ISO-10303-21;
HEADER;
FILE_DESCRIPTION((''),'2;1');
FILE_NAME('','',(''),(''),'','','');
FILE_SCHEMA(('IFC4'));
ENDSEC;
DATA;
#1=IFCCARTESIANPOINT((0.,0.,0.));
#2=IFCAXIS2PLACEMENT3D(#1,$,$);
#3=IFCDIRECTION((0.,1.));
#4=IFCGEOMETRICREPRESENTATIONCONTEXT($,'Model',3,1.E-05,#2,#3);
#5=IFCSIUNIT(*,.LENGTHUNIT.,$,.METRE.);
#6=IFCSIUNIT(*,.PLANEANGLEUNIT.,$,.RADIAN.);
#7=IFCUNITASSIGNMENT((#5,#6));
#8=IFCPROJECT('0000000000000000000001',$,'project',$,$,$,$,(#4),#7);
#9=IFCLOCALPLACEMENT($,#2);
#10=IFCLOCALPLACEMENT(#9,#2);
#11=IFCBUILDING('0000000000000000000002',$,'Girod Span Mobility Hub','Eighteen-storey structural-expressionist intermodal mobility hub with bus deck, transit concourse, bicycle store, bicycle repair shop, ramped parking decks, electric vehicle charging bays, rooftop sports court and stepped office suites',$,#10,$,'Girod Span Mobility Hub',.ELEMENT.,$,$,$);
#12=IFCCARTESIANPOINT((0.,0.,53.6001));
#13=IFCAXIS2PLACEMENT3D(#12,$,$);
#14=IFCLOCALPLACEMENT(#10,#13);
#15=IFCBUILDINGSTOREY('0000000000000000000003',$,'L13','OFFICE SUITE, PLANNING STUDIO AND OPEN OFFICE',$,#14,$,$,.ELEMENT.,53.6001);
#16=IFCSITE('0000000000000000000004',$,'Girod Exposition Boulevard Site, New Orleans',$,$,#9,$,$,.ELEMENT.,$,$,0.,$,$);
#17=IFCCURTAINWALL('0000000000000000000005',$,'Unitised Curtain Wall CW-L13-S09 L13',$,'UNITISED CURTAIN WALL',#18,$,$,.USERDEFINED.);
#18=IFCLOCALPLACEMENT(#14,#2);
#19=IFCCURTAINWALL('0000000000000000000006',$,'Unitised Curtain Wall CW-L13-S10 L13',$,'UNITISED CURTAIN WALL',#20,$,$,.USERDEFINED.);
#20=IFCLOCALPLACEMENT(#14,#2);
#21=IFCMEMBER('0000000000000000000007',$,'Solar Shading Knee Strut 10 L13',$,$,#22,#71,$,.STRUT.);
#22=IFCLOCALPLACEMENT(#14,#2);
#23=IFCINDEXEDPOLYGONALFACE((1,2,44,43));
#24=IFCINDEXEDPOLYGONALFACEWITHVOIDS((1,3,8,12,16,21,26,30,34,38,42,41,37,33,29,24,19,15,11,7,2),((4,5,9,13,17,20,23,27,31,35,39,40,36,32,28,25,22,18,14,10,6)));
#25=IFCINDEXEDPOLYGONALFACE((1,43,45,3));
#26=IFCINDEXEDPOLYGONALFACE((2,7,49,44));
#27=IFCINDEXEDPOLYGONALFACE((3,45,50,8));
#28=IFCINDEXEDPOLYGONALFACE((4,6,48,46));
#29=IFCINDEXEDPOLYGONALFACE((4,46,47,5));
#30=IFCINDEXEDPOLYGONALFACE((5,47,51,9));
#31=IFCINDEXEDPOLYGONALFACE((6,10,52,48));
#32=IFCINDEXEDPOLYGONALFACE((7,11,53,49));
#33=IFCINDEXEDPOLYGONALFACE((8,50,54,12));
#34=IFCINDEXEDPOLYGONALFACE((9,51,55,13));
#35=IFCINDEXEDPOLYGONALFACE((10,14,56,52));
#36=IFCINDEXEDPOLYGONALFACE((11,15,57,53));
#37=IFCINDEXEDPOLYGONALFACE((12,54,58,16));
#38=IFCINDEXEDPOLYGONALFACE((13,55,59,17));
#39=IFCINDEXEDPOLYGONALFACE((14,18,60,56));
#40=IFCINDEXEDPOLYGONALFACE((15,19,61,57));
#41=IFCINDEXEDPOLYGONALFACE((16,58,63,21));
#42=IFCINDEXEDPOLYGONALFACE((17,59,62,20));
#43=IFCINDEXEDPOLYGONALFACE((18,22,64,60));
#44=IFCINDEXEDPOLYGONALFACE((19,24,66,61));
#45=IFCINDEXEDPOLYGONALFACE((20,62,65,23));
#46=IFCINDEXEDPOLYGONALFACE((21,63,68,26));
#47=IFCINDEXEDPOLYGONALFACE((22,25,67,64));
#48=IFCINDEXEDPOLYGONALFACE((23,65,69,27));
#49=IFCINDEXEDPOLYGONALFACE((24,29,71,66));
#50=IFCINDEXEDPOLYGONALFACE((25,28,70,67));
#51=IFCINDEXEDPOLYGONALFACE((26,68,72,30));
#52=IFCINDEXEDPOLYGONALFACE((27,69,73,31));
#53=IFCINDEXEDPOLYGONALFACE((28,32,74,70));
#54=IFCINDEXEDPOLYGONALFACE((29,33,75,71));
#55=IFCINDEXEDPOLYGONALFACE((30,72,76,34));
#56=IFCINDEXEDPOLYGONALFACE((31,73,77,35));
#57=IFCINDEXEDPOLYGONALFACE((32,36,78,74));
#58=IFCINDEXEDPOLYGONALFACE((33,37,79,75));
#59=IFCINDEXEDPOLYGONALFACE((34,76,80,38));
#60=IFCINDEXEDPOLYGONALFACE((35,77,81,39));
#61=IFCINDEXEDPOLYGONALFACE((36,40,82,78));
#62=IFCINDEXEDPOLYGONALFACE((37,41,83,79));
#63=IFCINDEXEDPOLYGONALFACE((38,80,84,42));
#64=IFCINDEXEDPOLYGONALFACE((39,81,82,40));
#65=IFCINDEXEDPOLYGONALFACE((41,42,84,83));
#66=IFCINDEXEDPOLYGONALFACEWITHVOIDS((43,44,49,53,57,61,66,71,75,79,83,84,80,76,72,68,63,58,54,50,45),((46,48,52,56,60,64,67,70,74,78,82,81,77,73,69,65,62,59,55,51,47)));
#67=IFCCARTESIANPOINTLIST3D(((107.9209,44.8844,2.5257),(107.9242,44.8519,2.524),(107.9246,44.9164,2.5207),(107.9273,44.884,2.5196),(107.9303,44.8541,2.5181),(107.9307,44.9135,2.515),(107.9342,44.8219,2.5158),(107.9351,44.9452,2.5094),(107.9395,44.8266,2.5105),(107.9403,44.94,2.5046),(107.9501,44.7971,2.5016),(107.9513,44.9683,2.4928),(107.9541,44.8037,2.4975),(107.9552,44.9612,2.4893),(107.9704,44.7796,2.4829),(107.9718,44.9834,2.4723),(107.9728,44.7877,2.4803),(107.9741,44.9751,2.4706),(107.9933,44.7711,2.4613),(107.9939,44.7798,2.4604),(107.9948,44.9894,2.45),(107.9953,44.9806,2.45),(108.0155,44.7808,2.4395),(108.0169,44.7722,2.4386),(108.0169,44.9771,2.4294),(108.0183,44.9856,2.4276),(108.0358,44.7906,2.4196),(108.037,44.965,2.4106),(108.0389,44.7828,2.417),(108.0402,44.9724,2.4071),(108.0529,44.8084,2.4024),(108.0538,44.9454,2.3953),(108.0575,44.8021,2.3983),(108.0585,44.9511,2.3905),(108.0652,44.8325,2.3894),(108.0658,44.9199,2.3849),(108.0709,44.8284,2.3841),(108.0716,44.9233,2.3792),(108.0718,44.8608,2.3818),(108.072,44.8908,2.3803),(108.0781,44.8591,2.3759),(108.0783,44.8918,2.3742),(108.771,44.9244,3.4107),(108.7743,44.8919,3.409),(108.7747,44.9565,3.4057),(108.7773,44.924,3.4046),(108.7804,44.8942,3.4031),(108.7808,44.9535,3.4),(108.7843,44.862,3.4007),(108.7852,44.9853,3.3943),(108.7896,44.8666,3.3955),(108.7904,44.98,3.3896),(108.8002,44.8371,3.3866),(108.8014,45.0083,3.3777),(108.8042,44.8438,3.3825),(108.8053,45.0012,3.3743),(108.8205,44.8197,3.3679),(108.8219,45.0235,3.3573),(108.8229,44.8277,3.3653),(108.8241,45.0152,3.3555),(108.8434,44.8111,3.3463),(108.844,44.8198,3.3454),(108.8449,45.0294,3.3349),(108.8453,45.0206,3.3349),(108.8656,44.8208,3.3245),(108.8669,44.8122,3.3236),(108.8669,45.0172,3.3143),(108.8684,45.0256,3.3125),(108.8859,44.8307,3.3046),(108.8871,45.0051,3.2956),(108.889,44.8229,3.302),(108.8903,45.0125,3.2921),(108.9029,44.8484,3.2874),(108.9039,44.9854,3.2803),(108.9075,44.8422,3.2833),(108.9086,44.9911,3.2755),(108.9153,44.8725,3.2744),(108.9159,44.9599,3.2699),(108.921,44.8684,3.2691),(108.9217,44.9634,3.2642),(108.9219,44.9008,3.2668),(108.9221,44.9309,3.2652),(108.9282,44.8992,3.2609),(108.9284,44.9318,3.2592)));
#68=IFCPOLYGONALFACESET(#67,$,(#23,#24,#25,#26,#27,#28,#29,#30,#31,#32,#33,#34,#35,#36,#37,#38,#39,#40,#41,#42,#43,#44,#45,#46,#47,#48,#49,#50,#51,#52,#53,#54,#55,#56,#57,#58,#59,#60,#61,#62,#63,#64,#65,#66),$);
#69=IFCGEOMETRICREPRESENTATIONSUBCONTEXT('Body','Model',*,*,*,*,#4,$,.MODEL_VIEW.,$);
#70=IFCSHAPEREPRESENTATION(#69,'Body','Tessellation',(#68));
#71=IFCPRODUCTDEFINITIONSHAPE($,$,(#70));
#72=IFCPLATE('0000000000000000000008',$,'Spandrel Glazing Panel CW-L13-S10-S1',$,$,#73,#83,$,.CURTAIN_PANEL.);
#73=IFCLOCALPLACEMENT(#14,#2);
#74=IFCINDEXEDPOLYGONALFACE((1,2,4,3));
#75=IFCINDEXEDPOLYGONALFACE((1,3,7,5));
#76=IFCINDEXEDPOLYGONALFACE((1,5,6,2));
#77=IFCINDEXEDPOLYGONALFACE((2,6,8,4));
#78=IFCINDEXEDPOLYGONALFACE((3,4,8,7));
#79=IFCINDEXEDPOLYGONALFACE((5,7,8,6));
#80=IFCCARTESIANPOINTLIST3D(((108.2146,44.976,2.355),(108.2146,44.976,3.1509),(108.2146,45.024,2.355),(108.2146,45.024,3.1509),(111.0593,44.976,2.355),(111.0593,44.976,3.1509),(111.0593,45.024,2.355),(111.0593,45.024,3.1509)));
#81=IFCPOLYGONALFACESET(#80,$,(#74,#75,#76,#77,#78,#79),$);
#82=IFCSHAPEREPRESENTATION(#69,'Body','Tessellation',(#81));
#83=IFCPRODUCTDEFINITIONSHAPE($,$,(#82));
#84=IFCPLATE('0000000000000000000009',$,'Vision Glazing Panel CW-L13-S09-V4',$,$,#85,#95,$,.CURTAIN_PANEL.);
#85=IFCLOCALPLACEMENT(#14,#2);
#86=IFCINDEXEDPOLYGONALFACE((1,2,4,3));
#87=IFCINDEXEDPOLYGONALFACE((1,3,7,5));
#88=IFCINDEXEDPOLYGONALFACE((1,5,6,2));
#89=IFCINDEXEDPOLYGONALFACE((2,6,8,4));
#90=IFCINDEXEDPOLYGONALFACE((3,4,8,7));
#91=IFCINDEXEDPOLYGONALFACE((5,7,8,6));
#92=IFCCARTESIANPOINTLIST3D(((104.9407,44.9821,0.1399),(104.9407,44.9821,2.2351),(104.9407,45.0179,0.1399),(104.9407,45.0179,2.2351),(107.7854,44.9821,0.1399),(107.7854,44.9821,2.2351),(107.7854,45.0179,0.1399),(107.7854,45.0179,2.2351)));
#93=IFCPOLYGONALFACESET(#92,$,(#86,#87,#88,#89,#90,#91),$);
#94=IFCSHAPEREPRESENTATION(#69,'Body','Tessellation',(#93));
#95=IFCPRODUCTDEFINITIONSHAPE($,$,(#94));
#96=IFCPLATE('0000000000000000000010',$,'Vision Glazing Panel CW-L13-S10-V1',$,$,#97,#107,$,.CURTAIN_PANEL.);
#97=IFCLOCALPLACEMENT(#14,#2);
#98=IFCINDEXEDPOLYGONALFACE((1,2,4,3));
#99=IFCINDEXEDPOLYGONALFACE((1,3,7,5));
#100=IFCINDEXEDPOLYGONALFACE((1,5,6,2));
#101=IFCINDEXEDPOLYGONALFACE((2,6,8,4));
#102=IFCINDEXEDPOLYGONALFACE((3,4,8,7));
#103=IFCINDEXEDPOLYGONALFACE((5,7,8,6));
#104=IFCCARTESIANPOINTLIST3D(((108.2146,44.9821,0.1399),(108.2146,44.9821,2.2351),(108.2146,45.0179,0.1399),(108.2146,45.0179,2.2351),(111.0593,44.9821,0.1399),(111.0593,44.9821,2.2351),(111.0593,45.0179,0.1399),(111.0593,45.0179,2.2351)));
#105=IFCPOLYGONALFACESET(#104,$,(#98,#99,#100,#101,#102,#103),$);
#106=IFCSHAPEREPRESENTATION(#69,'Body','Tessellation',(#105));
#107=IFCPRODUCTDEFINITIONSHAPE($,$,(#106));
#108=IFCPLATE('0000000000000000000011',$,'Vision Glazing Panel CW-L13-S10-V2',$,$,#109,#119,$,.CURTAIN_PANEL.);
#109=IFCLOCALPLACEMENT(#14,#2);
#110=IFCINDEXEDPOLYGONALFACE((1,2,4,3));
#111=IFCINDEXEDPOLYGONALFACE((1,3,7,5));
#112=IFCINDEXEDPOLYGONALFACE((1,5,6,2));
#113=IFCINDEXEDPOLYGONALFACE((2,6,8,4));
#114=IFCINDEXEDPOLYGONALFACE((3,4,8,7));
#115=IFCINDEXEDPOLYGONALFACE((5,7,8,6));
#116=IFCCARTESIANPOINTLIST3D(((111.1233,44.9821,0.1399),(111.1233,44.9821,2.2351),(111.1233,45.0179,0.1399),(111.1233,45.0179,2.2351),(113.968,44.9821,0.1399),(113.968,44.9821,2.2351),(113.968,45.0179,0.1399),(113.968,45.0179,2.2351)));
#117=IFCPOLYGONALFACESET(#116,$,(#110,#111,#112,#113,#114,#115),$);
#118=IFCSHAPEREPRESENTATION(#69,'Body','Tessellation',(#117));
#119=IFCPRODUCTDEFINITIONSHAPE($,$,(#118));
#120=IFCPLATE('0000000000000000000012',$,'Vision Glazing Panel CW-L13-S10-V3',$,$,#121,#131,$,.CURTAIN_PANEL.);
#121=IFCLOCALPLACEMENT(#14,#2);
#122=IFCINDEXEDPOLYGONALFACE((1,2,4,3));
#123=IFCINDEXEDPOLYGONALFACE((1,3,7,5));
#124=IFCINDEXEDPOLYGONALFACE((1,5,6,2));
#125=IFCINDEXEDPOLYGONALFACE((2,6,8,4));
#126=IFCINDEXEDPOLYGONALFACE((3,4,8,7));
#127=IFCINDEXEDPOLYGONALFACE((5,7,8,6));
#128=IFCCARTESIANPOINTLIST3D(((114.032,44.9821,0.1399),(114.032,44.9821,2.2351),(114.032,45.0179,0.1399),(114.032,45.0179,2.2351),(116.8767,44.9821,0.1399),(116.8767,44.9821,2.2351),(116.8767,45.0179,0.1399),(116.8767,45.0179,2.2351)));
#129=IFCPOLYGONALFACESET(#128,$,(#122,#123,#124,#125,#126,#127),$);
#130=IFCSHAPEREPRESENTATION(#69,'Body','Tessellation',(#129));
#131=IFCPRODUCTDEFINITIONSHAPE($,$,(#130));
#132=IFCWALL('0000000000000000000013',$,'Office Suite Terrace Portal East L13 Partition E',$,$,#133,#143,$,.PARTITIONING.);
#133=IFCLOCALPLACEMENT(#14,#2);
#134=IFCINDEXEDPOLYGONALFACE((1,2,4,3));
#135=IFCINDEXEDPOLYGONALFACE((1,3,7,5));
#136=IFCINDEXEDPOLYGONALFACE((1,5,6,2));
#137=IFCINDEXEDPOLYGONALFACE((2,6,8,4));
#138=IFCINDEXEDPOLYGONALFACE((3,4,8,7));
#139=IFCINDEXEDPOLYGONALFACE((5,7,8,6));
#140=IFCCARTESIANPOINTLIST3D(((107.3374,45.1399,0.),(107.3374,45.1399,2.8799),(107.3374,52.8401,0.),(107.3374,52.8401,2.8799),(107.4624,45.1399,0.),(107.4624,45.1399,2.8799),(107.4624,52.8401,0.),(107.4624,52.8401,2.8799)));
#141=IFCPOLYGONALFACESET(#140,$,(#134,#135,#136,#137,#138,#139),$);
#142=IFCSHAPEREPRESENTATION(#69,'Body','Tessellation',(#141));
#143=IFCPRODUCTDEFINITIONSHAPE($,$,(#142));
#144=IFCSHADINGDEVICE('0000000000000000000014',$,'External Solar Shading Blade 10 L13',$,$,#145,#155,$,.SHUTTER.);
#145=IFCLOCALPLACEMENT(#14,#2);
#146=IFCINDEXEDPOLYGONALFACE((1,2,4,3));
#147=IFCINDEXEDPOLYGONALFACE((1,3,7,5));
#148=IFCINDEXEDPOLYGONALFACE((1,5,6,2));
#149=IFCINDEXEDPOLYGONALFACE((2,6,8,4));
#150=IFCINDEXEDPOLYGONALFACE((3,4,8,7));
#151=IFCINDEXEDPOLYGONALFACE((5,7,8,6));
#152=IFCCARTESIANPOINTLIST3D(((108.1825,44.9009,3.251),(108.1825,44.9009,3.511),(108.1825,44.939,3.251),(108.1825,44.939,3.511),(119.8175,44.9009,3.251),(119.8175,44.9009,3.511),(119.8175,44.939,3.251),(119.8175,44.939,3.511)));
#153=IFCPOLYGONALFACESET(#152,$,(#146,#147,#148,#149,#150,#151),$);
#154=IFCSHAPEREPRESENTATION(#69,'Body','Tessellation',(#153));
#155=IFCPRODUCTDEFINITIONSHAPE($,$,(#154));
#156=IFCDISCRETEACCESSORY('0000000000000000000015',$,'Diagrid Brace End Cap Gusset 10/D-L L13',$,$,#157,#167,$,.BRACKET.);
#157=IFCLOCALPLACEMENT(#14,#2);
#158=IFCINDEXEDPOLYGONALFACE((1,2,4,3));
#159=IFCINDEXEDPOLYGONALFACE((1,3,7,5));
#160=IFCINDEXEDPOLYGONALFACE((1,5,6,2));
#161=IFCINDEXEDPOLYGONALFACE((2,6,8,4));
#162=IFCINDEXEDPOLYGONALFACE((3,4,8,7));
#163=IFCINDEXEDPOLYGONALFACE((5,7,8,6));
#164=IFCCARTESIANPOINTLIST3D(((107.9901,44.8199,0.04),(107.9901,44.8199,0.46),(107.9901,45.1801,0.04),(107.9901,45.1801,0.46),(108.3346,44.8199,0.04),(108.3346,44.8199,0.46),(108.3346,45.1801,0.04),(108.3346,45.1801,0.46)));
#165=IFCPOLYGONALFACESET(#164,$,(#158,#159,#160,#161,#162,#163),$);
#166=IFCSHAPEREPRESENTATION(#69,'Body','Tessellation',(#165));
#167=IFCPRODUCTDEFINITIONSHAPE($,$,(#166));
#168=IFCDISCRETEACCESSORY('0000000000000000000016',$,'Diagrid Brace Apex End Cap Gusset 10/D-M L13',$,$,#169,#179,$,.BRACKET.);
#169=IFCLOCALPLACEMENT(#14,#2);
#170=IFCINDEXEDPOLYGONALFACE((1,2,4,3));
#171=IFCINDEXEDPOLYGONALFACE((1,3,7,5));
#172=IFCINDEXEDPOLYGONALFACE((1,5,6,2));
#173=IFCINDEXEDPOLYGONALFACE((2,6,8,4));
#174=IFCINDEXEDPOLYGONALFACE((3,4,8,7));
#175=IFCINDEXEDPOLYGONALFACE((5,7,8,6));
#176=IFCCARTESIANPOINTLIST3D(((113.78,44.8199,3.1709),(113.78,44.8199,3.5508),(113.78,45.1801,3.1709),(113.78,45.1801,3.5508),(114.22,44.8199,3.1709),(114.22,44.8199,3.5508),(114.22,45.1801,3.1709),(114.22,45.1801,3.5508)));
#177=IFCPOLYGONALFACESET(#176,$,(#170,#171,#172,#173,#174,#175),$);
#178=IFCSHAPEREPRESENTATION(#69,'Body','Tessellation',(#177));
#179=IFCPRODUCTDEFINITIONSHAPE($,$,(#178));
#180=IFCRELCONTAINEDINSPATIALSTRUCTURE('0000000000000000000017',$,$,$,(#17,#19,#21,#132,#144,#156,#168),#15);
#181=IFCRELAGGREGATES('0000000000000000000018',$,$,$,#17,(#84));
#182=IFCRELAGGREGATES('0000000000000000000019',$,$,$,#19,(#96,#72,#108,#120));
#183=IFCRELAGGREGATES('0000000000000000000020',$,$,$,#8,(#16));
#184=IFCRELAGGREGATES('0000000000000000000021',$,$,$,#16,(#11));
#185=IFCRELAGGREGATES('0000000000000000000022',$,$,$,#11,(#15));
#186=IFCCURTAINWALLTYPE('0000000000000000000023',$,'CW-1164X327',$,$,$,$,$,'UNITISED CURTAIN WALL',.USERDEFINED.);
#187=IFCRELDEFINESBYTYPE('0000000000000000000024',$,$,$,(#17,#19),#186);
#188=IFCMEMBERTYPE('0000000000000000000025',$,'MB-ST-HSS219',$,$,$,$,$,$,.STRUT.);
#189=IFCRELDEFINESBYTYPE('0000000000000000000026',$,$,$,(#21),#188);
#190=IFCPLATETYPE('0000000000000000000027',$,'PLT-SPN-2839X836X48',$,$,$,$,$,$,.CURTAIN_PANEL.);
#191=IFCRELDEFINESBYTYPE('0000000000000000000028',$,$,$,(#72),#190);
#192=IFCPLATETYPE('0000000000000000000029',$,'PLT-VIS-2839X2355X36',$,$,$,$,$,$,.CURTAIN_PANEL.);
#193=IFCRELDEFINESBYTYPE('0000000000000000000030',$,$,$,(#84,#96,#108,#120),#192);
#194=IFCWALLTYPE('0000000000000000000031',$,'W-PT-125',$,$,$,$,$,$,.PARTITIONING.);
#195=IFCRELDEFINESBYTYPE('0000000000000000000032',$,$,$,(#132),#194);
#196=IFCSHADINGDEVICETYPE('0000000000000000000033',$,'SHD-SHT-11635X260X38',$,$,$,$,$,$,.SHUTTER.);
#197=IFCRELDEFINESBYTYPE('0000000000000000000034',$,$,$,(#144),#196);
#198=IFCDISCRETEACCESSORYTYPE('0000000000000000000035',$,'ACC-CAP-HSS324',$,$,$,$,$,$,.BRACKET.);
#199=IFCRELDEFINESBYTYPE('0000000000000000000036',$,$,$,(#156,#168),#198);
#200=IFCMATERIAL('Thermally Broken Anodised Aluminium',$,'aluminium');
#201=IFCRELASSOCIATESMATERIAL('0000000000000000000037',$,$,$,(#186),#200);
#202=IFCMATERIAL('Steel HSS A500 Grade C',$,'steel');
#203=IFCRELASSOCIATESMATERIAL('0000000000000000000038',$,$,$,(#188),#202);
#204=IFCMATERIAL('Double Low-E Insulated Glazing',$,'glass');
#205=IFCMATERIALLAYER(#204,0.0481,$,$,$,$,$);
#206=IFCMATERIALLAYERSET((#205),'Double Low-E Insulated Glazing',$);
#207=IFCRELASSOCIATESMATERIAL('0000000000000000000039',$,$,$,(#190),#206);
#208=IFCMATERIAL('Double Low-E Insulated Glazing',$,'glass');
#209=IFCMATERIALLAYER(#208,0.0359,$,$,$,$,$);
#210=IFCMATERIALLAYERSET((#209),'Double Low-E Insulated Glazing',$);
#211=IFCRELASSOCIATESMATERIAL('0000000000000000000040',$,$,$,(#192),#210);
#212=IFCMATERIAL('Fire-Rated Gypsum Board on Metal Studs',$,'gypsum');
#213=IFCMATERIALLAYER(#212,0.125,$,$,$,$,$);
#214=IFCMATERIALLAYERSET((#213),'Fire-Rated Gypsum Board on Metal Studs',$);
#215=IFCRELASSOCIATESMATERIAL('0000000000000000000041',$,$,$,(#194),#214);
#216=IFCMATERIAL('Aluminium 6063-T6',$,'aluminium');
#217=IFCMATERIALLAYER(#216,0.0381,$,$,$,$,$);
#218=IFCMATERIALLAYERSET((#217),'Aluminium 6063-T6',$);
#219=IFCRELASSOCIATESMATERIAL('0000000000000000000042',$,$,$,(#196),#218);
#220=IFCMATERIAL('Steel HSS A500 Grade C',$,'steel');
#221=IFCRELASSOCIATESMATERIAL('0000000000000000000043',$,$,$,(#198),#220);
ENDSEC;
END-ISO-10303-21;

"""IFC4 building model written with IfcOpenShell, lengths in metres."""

from ifc_helpers import new_model, si_unit, direction, frame, frame_2d, origin, origin_2d, place, context, subcontext, project, spatial, rectangle, hollow_circle, extrude, material, layer, layer_set, material_profile, profile_set, type_object, element, aggregate, save


model = new_model("IFC4")

# Units and contexts
model_context = context("Model", 3, precision=1e-05, world=origin(), true_north=direction((0.0, 1.0)))
body_context = subcontext(model_context, "Body", "Model", "MODEL_VIEW")
ifc_project = project(units=[si_unit("LENGTHUNIT", "METRE"), si_unit("PLANEANGLEUNIT", "RADIAN")], contexts=[model_context])

# Site, building, storey
site_placement = place(None, origin())
site = spatial("IfcSite", under=ifc_project, at=site_placement, Name="Girod Exposition Boulevard Site, New Orleans", CompositionType="ELEMENT", RefElevation=0.0)
building_placement = place(site_placement, origin())
building = spatial("IfcBuilding", under=site, at=building_placement, Name="Girod Span Mobility Hub", Description="Eighteen-storey structural-expressionist intermodal mobility hub with bus deck, transit concourse, bicycle store, bicycle repair shop, ramped parking decks, electric vehicle charging bays, rooftop sports court and stepped office suites", LongName="Girod Span Mobility Hub", CompositionType="ELEMENT")
storey_placement = place(building_placement, frame((0.0, 0.0, 53.6001)))
storey = spatial("IfcBuildingStorey", under=building, at=storey_placement, Name="L13", Description="OFFICE SUITE, PLANNING STUDIO AND OPEN OFFICE", CompositionType="ELEMENT", Elevation=53.6001)

# Curtain walls
ifc_material_1 = material(Name="Thermally Broken Anodised Aluminium", Category="aluminium")
curtain_wall_type = type_object("IfcCurtainWallType", Name="CW-1164X327", ElementType="UNITISED CURTAIN WALL", PredefinedType="USERDEFINED", material=ifc_material_1)
curtain_wall_1_placement = place(storey_placement, origin())
curtain_wall_1 = element("IfcCurtainWall", 1, at=curtain_wall_1_placement, inside=storey, type_object=curtain_wall_type, Name="Unitised Curtain Wall CW-L13-S09 L13", ObjectType="UNITISED CURTAIN WALL", PredefinedType="USERDEFINED")
curtain_wall_2_placement = place(storey_placement, origin())
curtain_wall_2 = element("IfcCurtainWall", 2, at=curtain_wall_2_placement, inside=storey, type_object=curtain_wall_type, Name="Unitised Curtain Wall CW-L13-S10 L13", ObjectType="UNITISED CURTAIN WALL", PredefinedType="USERDEFINED")

# Member
ifc_material_2 = material(Name="Steel HSS A500 Grade C", Category="steel")
ifc_material_profile_1 = material_profile(ifc_material_2, hollow_circle(Radius=0.1096, WallThickness=0.0088, at=origin_2d()), Name="HSS219X9.5")
ifc_profile_set_1 = profile_set([ifc_material_profile_1], Name="Steel HSS A500 Grade C")
member_type_1 = type_object("IfcMemberType", Name="MB-ST-HSS219", PredefinedType="STRUT", material=ifc_profile_set_1)
member_1_placement = place(storey_placement, frame((108.0, 44.8799, 2.45), z_axis=(0.69237, 0.03261, 0.720805), x_axis=(-0.047047, 0.998893, 0.0)))
element("IfcMember", 3, at=member_1_placement, inside=storey, type_object=member_type_1, Name="Solar Shading Knee Strut 10 L13", PredefinedType="STRUT", context=body_context, shape_type="SweptSolid", body=[
    extrude(hollow_circle(Radius=0.1096, WallThickness=0.0088, at=origin_2d()), origin(), (0.0, 0.0, 1.0), 1.2278),
])

# Plates
ifc_material_3 = material(Name="Double Low-E Insulated Glazing", Category="glass")
ifc_layer_1 = layer(ifc_material_3, 0.0481)
ifc_layer_set_1 = layer_set([ifc_layer_1], Name="Double Low-E Insulated Glazing")
plate_type_1 = type_object("IfcPlateType", Name="PLT-SPN-2839X836X48", PredefinedType="CURTAIN_PANEL", material=ifc_layer_set_1)
plate_1_placement = place(storey_placement, frame((109.637, 45.0, 2.355), z_axis=(0.0, 0.0, 1.0), x_axis=(1.0, 0.0, 0.0)))
plate_1 = element("IfcPlate", 4, at=plate_1_placement, type_object=plate_type_1, Name="Spandrel Glazing Panel CW-L13-S10-S1", PredefinedType="CURTAIN_PANEL", context=body_context, shape_type="SweptSolid", body=[
    extrude(rectangle(XDim=2.8447, YDim=0.0481, at=origin_2d()), origin(), (0.0, 0.0, 1.0), 0.7959),
])
ifc_material_4 = material(Name="Double Low-E Insulated Glazing", Category="glass")
ifc_layer_2 = layer(ifc_material_4, 0.0359)
ifc_layer_set_2 = layer_set([ifc_layer_2], Name="Double Low-E Insulated Glazing")
plate_type_2 = type_object("IfcPlateType", Name="PLT-VIS-2839X2355X36", PredefinedType="CURTAIN_PANEL", material=ifc_layer_set_2)
plate_2_placement = place(storey_placement, frame((106.363, 45.0, 0.1399), z_axis=(0.0, 0.0, 1.0), x_axis=(1.0, 0.0, 0.0)))
plate_2 = element("IfcPlate", 5, at=plate_2_placement, type_object=plate_type_2, Name="Vision Glazing Panel CW-L13-S09-V4", PredefinedType="CURTAIN_PANEL", context=body_context, shape_type="SweptSolid", body=[
    extrude(rectangle(XDim=2.8447, YDim=0.0359, at=origin_2d()), origin(), (0.0, 0.0, 1.0), 2.0952),
])
aggregate(curtain_wall_1, [plate_2])
plate_3_placement = place(storey_placement, frame((109.637, 45.0, 0.1399), z_axis=(0.0, 0.0, 1.0), x_axis=(1.0, 0.0, 0.0)))
plate_3 = element("IfcPlate", 6, at=plate_3_placement, type_object=plate_type_2, Name="Vision Glazing Panel CW-L13-S10-V1", PredefinedType="CURTAIN_PANEL", context=body_context, shape_type="SweptSolid", body=[
    extrude(rectangle(XDim=2.8447, YDim=0.0359, at=origin_2d()), origin(), (0.0, 0.0, 1.0), 2.0952),
])
plate_4_placement = place(storey_placement, frame((112.5457, 45.0, 0.1399), z_axis=(0.0, 0.0, 1.0), x_axis=(1.0, 0.0, 0.0)))
plate_4 = element("IfcPlate", 7, at=plate_4_placement, type_object=plate_type_2, Name="Vision Glazing Panel CW-L13-S10-V2", PredefinedType="CURTAIN_PANEL", context=body_context, shape_type="SweptSolid", body=[
    extrude(rectangle(XDim=2.8447, YDim=0.0359, at=origin_2d()), origin(), (0.0, 0.0, 1.0), 2.0952),
])
plate_5_placement = place(storey_placement, frame((115.4543, 45.0, 0.1399), z_axis=(0.0, 0.0, 1.0), x_axis=(1.0, 0.0, 0.0)))
plate_5 = element("IfcPlate", 8, at=plate_5_placement, type_object=plate_type_2, Name="Vision Glazing Panel CW-L13-S10-V3", PredefinedType="CURTAIN_PANEL", context=body_context, shape_type="SweptSolid", body=[
    extrude(rectangle(XDim=2.8447, YDim=0.0359, at=origin_2d()), origin(), (0.0, 0.0, 1.0), 2.0952),
])
aggregate(curtain_wall_2, [plate_3, plate_1, plate_4, plate_5])

# Wall
ifc_material_5 = material(Name="Fire-Rated Gypsum Board on Metal Studs", Category="gypsum")
ifc_layer_3 = layer(ifc_material_5, 0.125)
ifc_layer_set_3 = layer_set([ifc_layer_3], Name="Fire-Rated Gypsum Board on Metal Studs")
wall_type = type_object("IfcWallType", Name="W-PT-125", PredefinedType="PARTITIONING", material=ifc_layer_set_3)
wall_placement = place(storey_placement, frame((107.3999, 45.1399, 0.0), z_axis=(0.0, 0.0, 1.0), x_axis=(0.0, 1.0, 0.0)))
element("IfcWall", 9, at=wall_placement, inside=storey, type_object=wall_type, Name="Office Suite Terrace Portal East L13 Partition E", PredefinedType="PARTITIONING", context=body_context, shape_type="SweptSolid", body=[
    extrude(rectangle(XDim=7.7002, YDim=0.125, at=frame_2d((3.8501, 0.0))), origin(), (0.0, 0.0, 1.0), 2.8799),
])

# Shading device
ifc_material_6 = material(Name="Aluminium 6063-T6", Category="aluminium")
ifc_layer_4 = layer(ifc_material_6, 0.0381)
ifc_layer_set_4 = layer_set([ifc_layer_4], Name="Aluminium 6063-T6")
shading_device_type = type_object("IfcShadingDeviceType", Name="SHD-SHT-11635X260X38", PredefinedType="SHUTTER", material=ifc_layer_set_4)
shading_device_placement = place(storey_placement, frame((114.0, 44.9199, 3.251), z_axis=(0.0, 0.0, 1.0), x_axis=(1.0, 0.0, 0.0)))
element("IfcShadingDevice", 10, at=shading_device_placement, inside=storey, type_object=shading_device_type, Name="External Solar Shading Blade 10 L13", PredefinedType="SHUTTER", context=body_context, shape_type="SweptSolid", body=[
    extrude(rectangle(XDim=11.635, YDim=0.0381, at=origin_2d()), origin(), (0.0, 0.0, 1.0), 0.26),
])

# Discrete accessories
ifc_material_7 = material(Name="Steel HSS A500 Grade C", Category="steel")
discrete_accessory_type = type_object("IfcDiscreteAccessoryType", Name="ACC-CAP-HSS324", PredefinedType="BRACKET", material=ifc_material_7)
discrete_accessory_1_placement = place(storey_placement, frame((108.1624, 45.0, 0.04), z_axis=(0.0, 0.0, 1.0), x_axis=(1.0, 0.0, 0.0)))
element("IfcDiscreteAccessory", 11, at=discrete_accessory_1_placement, inside=storey, type_object=discrete_accessory_type, Name="Diagrid Brace End Cap Gusset 10/D-L L13", PredefinedType="BRACKET", context=body_context, shape_type="SweptSolid", body=[
    extrude(rectangle(XDim=0.3445, YDim=0.3601, at=origin_2d()), origin(), (0.0, 0.0, 1.0), 0.4199),
])
discrete_accessory_2_placement = place(storey_placement, frame((114.0, 45.0, 3.1709), z_axis=(0.0, 0.0, 1.0), x_axis=(1.0, 0.0, 0.0)))
element("IfcDiscreteAccessory", 12, at=discrete_accessory_2_placement, inside=storey, type_object=discrete_accessory_type, Name="Diagrid Brace Apex End Cap Gusset 10/D-M L13", PredefinedType="BRACKET", context=body_context, shape_type="SweptSolid", body=[
    extrude(rectangle(XDim=0.4399, YDim=0.3601, at=origin_2d()), origin(), (0.0, 0.0, 1.0), 0.3799),
])

save(model, "model.ifc")
